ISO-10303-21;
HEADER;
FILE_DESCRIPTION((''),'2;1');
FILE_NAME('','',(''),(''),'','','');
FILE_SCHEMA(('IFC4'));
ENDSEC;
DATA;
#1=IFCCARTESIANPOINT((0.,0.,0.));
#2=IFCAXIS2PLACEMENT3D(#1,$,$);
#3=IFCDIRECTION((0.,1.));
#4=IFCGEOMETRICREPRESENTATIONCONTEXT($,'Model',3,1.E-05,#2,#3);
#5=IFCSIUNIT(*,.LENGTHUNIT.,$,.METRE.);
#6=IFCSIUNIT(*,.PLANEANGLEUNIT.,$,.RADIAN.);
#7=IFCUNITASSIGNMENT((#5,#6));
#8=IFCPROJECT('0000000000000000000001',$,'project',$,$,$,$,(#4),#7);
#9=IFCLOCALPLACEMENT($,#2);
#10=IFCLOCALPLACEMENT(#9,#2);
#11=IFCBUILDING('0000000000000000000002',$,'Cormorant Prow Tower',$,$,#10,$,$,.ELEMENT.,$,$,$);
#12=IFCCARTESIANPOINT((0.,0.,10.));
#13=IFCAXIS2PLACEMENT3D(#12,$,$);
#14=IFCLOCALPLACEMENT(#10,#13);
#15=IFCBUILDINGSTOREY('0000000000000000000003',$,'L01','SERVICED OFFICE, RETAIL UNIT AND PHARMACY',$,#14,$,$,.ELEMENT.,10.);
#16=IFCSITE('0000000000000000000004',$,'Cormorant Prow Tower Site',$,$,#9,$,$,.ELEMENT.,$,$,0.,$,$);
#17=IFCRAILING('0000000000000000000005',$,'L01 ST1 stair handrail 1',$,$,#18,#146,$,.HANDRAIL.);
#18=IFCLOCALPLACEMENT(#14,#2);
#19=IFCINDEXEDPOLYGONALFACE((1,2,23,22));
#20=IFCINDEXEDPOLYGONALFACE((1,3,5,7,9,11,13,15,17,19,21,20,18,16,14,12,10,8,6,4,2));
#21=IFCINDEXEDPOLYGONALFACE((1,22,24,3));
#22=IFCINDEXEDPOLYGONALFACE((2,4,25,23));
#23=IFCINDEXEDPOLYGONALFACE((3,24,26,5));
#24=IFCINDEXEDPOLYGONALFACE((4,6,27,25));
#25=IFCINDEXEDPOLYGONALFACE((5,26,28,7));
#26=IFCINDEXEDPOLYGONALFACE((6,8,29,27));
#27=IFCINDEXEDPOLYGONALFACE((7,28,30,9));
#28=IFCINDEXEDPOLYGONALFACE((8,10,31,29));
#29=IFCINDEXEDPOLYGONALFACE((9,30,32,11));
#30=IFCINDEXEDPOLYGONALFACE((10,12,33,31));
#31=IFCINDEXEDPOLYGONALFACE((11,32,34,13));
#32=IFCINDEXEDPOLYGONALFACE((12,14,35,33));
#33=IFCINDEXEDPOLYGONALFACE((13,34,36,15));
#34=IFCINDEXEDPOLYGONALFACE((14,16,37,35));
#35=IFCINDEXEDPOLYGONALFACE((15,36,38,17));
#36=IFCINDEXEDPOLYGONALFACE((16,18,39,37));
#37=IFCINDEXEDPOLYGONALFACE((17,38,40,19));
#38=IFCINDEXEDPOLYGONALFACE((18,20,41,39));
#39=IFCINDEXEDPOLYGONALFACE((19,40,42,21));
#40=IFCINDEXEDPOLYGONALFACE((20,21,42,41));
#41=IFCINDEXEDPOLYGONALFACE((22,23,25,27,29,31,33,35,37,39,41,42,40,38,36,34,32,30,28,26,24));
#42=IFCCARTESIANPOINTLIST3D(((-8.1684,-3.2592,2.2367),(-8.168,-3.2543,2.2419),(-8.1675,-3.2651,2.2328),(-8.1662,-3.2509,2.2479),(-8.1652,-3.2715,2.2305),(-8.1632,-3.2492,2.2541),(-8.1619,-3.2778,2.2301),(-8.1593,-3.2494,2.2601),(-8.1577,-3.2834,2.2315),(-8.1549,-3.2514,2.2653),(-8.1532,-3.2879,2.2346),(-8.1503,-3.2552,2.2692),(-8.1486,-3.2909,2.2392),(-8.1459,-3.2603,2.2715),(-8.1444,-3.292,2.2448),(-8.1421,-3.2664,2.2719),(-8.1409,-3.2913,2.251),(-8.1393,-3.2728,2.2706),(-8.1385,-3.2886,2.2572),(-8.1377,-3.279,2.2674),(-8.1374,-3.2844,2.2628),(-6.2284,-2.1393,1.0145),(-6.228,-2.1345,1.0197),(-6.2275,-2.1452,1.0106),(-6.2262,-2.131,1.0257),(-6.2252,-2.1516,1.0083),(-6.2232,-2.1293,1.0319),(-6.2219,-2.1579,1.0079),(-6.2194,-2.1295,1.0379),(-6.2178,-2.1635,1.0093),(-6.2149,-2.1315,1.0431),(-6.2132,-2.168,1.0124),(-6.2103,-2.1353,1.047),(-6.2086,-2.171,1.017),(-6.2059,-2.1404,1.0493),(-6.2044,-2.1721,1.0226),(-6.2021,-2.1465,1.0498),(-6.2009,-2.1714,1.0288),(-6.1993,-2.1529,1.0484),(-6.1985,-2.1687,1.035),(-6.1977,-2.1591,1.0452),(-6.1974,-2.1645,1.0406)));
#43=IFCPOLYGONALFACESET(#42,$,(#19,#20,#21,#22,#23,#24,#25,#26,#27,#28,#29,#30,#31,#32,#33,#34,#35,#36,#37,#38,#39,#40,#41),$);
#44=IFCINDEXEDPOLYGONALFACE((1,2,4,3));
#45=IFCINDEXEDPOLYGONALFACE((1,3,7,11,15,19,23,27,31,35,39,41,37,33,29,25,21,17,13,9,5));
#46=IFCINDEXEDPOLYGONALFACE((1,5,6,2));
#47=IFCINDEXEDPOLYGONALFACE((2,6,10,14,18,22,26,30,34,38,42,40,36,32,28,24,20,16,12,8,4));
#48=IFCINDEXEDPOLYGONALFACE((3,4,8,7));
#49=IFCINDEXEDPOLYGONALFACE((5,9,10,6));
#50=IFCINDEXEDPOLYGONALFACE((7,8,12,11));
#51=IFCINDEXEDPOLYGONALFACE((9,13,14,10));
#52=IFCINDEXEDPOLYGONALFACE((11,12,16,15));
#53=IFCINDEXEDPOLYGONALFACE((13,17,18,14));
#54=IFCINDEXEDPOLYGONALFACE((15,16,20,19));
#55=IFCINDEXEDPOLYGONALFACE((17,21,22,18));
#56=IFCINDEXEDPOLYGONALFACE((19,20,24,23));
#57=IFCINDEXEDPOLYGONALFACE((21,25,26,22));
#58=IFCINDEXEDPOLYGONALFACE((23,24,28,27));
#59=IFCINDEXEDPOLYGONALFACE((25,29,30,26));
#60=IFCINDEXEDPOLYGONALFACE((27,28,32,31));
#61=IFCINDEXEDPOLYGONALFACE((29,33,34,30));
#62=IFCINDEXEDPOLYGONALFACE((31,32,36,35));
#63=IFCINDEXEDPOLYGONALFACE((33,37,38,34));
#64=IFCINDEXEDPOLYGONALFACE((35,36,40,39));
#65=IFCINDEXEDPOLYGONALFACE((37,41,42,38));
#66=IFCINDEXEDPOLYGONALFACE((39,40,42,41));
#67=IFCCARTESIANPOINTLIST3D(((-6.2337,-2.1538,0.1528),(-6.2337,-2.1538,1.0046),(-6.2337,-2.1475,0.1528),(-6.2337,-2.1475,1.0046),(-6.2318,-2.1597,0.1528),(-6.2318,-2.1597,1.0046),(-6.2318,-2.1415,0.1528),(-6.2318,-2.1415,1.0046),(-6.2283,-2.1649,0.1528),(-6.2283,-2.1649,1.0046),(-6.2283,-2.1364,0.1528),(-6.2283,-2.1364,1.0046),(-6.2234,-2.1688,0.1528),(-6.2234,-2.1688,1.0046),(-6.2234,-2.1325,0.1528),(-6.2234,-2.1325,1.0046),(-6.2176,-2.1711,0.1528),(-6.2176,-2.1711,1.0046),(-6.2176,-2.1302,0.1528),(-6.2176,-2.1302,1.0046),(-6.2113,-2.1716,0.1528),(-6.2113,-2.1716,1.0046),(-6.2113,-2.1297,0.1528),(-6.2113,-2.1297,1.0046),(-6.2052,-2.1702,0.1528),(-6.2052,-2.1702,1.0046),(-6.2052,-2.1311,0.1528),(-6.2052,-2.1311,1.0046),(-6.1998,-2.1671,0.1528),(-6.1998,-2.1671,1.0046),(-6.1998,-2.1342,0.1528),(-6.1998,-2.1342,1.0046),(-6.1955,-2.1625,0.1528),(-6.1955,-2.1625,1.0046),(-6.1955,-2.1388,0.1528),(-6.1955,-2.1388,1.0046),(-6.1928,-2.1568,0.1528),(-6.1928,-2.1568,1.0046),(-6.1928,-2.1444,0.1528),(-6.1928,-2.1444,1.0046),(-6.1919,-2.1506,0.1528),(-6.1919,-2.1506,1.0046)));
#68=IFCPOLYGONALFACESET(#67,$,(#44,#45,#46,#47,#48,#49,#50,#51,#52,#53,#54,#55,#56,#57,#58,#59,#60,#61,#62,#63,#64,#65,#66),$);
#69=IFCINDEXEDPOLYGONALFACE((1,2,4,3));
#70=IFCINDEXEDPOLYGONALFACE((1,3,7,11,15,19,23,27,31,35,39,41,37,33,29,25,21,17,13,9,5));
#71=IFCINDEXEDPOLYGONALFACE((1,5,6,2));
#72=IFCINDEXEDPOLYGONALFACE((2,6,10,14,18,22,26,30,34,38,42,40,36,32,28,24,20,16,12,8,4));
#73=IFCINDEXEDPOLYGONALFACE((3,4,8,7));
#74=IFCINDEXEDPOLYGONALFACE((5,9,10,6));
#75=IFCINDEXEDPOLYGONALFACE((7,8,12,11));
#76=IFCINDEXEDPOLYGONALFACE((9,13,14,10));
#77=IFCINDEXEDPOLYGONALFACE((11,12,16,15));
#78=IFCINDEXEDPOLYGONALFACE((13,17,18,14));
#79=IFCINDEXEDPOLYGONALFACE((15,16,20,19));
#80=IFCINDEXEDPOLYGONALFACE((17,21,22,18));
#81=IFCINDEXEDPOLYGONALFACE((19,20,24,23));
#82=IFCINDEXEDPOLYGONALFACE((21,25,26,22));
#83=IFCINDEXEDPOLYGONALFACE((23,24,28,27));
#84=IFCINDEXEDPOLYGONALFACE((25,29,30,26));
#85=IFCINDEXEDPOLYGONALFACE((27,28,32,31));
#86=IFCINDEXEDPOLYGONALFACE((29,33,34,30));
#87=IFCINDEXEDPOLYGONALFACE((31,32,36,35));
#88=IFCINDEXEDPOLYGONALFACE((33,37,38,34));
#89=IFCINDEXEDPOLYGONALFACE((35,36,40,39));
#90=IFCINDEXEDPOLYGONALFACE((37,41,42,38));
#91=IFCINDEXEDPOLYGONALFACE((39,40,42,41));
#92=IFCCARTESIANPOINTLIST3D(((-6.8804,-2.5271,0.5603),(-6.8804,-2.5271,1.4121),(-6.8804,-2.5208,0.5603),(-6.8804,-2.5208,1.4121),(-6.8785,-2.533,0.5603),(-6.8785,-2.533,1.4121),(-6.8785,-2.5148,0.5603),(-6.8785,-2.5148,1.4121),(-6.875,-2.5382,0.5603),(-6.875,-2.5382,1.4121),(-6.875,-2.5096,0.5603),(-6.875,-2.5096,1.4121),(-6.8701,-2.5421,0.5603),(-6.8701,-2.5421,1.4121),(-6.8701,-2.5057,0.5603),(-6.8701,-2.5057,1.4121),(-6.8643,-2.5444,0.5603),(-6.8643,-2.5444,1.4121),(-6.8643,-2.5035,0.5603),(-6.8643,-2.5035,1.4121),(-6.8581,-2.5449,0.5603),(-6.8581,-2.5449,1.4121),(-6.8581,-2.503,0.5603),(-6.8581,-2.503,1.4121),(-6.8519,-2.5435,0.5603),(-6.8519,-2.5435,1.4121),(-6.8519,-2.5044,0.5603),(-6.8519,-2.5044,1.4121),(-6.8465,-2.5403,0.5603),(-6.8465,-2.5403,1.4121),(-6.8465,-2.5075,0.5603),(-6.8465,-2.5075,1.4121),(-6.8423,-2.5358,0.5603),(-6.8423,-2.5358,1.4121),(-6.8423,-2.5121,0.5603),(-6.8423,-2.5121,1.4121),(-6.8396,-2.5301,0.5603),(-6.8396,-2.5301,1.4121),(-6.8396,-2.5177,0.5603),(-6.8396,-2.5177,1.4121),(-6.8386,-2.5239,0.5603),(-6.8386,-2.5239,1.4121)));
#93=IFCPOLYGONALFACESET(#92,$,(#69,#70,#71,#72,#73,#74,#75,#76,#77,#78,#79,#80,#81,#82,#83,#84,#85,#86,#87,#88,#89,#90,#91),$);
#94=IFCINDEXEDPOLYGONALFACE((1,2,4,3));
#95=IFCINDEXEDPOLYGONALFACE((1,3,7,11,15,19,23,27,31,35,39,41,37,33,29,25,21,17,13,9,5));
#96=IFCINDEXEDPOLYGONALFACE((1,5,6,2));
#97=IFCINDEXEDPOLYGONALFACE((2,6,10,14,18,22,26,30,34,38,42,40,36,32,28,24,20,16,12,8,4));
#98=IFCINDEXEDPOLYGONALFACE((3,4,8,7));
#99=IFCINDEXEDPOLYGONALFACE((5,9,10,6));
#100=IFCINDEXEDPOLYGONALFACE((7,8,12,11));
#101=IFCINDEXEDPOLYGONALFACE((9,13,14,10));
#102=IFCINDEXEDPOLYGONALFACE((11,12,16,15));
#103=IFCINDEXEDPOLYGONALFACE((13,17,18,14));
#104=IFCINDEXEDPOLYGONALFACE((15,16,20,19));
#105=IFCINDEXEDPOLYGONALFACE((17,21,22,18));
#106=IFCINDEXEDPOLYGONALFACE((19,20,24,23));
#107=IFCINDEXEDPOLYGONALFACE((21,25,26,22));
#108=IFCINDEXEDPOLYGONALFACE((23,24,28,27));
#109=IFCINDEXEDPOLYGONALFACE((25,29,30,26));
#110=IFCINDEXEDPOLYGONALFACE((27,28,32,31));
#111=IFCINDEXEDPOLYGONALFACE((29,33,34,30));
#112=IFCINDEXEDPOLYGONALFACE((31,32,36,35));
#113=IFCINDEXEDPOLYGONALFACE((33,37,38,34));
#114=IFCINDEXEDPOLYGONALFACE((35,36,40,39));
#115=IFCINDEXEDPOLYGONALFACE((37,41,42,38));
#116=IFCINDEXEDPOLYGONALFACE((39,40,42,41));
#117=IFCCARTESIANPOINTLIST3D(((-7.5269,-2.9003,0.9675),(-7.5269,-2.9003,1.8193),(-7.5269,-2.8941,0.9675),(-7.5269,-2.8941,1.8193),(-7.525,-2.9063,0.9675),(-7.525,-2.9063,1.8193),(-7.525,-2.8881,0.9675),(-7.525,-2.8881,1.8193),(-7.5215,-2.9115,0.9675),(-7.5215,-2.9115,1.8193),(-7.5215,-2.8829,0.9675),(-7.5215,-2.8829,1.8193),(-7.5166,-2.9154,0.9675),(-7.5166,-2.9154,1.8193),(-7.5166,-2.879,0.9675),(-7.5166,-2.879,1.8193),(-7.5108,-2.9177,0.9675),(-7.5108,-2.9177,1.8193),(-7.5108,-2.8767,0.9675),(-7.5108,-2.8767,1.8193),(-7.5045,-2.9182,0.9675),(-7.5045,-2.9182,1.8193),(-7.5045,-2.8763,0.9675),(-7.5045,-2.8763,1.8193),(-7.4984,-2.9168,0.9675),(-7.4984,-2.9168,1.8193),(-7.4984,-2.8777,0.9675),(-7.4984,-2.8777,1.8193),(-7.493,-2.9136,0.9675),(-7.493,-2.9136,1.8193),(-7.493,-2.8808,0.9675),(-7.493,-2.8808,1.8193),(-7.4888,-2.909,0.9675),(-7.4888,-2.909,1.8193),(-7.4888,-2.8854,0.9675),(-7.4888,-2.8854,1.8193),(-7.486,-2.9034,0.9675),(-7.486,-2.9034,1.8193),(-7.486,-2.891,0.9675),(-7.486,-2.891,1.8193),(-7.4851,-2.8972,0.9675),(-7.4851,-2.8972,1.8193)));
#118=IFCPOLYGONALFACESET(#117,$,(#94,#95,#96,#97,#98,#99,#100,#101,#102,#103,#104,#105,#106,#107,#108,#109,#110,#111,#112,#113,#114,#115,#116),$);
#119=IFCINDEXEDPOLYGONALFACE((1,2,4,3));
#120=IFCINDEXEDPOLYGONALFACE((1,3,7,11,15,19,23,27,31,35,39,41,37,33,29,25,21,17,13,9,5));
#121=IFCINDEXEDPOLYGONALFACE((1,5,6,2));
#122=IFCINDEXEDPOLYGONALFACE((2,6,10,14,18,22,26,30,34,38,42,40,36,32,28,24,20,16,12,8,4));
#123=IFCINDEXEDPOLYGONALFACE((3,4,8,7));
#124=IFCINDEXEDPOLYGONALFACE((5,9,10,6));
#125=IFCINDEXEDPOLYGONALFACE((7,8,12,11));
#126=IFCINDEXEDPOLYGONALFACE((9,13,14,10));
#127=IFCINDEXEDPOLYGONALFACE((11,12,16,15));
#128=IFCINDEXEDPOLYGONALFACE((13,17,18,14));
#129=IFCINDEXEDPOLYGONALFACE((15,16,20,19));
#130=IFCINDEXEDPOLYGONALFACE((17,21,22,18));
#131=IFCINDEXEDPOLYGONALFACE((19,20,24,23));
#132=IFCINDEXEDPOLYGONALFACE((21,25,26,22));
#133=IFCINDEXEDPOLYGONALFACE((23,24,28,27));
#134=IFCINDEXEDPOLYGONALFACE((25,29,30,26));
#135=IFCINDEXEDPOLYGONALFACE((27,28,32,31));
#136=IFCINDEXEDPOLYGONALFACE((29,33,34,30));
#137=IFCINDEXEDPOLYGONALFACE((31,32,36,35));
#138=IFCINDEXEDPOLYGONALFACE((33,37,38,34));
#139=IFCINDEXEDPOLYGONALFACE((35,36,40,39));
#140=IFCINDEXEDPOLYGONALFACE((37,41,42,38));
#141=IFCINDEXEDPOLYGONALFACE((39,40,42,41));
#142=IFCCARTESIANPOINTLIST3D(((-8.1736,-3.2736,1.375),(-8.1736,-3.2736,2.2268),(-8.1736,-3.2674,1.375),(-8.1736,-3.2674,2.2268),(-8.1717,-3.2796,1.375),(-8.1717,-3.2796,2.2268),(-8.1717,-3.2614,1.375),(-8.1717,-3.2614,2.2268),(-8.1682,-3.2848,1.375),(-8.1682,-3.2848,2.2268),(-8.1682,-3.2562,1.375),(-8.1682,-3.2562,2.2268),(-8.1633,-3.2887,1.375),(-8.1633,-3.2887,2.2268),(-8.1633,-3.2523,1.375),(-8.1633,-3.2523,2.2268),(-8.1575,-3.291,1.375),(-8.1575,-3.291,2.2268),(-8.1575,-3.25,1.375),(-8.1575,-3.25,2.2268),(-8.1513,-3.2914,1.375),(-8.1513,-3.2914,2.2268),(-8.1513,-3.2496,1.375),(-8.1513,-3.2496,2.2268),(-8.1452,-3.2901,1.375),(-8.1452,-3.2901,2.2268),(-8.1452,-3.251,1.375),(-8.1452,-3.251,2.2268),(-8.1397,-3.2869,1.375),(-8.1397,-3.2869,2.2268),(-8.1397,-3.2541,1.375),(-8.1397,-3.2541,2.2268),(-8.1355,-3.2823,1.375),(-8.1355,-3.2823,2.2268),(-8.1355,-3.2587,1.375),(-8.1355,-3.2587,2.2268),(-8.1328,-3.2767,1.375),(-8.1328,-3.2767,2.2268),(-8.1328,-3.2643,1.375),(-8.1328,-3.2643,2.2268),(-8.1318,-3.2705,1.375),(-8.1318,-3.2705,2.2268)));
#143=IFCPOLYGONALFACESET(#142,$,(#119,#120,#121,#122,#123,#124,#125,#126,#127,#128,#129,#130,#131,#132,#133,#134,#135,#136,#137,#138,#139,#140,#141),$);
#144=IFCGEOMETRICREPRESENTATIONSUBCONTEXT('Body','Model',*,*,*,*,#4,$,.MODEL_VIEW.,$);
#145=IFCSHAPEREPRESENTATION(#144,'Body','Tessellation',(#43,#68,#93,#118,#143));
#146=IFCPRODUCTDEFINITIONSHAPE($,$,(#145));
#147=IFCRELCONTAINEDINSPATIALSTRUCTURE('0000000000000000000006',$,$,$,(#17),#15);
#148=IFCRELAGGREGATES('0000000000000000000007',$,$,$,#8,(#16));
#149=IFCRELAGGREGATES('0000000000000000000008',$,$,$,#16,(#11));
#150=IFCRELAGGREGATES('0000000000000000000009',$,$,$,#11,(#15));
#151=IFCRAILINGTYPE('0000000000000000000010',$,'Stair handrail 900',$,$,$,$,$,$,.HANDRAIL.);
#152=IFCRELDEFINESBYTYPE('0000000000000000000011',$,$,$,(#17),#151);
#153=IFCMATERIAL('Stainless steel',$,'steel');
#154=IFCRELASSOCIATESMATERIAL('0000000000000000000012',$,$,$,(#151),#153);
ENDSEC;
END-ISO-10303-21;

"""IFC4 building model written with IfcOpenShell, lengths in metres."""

from ifc_helpers import new_model, si_unit, direction, frame, origin, origin_2d, place, context, subcontext, project, spatial, circle, extrude, material, type_object, element, save


model = new_model("IFC4")

# Units and contexts
model_context = context("Model", 3, precision=1e-05, world=origin(), true_north=direction((0.0, 1.0)))
body_context = subcontext(model_context, "Body", "Model", "MODEL_VIEW")
ifc_project = project(units=[si_unit("LENGTHUNIT", "METRE"), si_unit("PLANEANGLEUNIT", "RADIAN")], contexts=[model_context])

# Site, building, storey
site_placement = place(None, origin())
site = spatial("IfcSite", under=ifc_project, at=site_placement, Name="Cormorant Prow Tower Site", CompositionType="ELEMENT", RefElevation=0.0)
building_placement = place(site_placement, origin())
building = spatial("IfcBuilding", under=site, at=building_placement, Name="Cormorant Prow Tower", CompositionType="ELEMENT")
storey_placement = place(building_placement, frame((0.0, 0.0, 10.0)))
storey = spatial("IfcBuildingStorey", under=building, at=storey_placement, Name="L01", Description="SERVICED OFFICE, RETAIL UNIT AND PHARMACY", CompositionType="ELEMENT", Elevation=10.0)

# Railing
ifc_material_1 = material(Name="Stainless steel", Category="steel")
railing_type_1 = type_object("IfcRailingType", Name="Stair handrail 900", PredefinedType="HANDRAIL", material=ifc_material_1)
railing_1_placement = place(storey_placement, frame((-6.2129, -2.1506, 0.1528)))
element("IfcRailing", 1, at=railing_1_placement, inside=storey, type_object=railing_type_1, Name="L01 ST1 stair handrail 1", PredefinedType="HANDRAIL", context=body_context, shape_type="SweptSolid", body=[
    extrude(circle(Radius=0.0239, at=origin_2d()), frame((0.0, 0.0, 0.876), z_axis=(-0.760254, -0.438873, 0.478962), x_axis=(0.499949, -0.866055, 0.0)), (0.0, 0.0, 1.0), 2.5518),
    extrude(circle(Radius=0.021, at=origin_2d()), origin(), (0.0, 0.0, 1.0), 0.8518),
    extrude(circle(Radius=0.021, at=origin_2d()), frame((-0.6467, -0.3733, 0.4075)), (0.0, 0.0, 1.0), 0.8518),
    extrude(circle(Radius=0.021, at=origin_2d()), frame((-1.2932, -0.7466, 0.8147)), (0.0, 0.0, 1.0), 0.8518),
    extrude(circle(Radius=0.021, at=origin_2d()), frame((-1.9399, -1.1199, 1.2222)), (0.0, 0.0, 1.0), 0.8518),
])

save(model, "model.ifc")
